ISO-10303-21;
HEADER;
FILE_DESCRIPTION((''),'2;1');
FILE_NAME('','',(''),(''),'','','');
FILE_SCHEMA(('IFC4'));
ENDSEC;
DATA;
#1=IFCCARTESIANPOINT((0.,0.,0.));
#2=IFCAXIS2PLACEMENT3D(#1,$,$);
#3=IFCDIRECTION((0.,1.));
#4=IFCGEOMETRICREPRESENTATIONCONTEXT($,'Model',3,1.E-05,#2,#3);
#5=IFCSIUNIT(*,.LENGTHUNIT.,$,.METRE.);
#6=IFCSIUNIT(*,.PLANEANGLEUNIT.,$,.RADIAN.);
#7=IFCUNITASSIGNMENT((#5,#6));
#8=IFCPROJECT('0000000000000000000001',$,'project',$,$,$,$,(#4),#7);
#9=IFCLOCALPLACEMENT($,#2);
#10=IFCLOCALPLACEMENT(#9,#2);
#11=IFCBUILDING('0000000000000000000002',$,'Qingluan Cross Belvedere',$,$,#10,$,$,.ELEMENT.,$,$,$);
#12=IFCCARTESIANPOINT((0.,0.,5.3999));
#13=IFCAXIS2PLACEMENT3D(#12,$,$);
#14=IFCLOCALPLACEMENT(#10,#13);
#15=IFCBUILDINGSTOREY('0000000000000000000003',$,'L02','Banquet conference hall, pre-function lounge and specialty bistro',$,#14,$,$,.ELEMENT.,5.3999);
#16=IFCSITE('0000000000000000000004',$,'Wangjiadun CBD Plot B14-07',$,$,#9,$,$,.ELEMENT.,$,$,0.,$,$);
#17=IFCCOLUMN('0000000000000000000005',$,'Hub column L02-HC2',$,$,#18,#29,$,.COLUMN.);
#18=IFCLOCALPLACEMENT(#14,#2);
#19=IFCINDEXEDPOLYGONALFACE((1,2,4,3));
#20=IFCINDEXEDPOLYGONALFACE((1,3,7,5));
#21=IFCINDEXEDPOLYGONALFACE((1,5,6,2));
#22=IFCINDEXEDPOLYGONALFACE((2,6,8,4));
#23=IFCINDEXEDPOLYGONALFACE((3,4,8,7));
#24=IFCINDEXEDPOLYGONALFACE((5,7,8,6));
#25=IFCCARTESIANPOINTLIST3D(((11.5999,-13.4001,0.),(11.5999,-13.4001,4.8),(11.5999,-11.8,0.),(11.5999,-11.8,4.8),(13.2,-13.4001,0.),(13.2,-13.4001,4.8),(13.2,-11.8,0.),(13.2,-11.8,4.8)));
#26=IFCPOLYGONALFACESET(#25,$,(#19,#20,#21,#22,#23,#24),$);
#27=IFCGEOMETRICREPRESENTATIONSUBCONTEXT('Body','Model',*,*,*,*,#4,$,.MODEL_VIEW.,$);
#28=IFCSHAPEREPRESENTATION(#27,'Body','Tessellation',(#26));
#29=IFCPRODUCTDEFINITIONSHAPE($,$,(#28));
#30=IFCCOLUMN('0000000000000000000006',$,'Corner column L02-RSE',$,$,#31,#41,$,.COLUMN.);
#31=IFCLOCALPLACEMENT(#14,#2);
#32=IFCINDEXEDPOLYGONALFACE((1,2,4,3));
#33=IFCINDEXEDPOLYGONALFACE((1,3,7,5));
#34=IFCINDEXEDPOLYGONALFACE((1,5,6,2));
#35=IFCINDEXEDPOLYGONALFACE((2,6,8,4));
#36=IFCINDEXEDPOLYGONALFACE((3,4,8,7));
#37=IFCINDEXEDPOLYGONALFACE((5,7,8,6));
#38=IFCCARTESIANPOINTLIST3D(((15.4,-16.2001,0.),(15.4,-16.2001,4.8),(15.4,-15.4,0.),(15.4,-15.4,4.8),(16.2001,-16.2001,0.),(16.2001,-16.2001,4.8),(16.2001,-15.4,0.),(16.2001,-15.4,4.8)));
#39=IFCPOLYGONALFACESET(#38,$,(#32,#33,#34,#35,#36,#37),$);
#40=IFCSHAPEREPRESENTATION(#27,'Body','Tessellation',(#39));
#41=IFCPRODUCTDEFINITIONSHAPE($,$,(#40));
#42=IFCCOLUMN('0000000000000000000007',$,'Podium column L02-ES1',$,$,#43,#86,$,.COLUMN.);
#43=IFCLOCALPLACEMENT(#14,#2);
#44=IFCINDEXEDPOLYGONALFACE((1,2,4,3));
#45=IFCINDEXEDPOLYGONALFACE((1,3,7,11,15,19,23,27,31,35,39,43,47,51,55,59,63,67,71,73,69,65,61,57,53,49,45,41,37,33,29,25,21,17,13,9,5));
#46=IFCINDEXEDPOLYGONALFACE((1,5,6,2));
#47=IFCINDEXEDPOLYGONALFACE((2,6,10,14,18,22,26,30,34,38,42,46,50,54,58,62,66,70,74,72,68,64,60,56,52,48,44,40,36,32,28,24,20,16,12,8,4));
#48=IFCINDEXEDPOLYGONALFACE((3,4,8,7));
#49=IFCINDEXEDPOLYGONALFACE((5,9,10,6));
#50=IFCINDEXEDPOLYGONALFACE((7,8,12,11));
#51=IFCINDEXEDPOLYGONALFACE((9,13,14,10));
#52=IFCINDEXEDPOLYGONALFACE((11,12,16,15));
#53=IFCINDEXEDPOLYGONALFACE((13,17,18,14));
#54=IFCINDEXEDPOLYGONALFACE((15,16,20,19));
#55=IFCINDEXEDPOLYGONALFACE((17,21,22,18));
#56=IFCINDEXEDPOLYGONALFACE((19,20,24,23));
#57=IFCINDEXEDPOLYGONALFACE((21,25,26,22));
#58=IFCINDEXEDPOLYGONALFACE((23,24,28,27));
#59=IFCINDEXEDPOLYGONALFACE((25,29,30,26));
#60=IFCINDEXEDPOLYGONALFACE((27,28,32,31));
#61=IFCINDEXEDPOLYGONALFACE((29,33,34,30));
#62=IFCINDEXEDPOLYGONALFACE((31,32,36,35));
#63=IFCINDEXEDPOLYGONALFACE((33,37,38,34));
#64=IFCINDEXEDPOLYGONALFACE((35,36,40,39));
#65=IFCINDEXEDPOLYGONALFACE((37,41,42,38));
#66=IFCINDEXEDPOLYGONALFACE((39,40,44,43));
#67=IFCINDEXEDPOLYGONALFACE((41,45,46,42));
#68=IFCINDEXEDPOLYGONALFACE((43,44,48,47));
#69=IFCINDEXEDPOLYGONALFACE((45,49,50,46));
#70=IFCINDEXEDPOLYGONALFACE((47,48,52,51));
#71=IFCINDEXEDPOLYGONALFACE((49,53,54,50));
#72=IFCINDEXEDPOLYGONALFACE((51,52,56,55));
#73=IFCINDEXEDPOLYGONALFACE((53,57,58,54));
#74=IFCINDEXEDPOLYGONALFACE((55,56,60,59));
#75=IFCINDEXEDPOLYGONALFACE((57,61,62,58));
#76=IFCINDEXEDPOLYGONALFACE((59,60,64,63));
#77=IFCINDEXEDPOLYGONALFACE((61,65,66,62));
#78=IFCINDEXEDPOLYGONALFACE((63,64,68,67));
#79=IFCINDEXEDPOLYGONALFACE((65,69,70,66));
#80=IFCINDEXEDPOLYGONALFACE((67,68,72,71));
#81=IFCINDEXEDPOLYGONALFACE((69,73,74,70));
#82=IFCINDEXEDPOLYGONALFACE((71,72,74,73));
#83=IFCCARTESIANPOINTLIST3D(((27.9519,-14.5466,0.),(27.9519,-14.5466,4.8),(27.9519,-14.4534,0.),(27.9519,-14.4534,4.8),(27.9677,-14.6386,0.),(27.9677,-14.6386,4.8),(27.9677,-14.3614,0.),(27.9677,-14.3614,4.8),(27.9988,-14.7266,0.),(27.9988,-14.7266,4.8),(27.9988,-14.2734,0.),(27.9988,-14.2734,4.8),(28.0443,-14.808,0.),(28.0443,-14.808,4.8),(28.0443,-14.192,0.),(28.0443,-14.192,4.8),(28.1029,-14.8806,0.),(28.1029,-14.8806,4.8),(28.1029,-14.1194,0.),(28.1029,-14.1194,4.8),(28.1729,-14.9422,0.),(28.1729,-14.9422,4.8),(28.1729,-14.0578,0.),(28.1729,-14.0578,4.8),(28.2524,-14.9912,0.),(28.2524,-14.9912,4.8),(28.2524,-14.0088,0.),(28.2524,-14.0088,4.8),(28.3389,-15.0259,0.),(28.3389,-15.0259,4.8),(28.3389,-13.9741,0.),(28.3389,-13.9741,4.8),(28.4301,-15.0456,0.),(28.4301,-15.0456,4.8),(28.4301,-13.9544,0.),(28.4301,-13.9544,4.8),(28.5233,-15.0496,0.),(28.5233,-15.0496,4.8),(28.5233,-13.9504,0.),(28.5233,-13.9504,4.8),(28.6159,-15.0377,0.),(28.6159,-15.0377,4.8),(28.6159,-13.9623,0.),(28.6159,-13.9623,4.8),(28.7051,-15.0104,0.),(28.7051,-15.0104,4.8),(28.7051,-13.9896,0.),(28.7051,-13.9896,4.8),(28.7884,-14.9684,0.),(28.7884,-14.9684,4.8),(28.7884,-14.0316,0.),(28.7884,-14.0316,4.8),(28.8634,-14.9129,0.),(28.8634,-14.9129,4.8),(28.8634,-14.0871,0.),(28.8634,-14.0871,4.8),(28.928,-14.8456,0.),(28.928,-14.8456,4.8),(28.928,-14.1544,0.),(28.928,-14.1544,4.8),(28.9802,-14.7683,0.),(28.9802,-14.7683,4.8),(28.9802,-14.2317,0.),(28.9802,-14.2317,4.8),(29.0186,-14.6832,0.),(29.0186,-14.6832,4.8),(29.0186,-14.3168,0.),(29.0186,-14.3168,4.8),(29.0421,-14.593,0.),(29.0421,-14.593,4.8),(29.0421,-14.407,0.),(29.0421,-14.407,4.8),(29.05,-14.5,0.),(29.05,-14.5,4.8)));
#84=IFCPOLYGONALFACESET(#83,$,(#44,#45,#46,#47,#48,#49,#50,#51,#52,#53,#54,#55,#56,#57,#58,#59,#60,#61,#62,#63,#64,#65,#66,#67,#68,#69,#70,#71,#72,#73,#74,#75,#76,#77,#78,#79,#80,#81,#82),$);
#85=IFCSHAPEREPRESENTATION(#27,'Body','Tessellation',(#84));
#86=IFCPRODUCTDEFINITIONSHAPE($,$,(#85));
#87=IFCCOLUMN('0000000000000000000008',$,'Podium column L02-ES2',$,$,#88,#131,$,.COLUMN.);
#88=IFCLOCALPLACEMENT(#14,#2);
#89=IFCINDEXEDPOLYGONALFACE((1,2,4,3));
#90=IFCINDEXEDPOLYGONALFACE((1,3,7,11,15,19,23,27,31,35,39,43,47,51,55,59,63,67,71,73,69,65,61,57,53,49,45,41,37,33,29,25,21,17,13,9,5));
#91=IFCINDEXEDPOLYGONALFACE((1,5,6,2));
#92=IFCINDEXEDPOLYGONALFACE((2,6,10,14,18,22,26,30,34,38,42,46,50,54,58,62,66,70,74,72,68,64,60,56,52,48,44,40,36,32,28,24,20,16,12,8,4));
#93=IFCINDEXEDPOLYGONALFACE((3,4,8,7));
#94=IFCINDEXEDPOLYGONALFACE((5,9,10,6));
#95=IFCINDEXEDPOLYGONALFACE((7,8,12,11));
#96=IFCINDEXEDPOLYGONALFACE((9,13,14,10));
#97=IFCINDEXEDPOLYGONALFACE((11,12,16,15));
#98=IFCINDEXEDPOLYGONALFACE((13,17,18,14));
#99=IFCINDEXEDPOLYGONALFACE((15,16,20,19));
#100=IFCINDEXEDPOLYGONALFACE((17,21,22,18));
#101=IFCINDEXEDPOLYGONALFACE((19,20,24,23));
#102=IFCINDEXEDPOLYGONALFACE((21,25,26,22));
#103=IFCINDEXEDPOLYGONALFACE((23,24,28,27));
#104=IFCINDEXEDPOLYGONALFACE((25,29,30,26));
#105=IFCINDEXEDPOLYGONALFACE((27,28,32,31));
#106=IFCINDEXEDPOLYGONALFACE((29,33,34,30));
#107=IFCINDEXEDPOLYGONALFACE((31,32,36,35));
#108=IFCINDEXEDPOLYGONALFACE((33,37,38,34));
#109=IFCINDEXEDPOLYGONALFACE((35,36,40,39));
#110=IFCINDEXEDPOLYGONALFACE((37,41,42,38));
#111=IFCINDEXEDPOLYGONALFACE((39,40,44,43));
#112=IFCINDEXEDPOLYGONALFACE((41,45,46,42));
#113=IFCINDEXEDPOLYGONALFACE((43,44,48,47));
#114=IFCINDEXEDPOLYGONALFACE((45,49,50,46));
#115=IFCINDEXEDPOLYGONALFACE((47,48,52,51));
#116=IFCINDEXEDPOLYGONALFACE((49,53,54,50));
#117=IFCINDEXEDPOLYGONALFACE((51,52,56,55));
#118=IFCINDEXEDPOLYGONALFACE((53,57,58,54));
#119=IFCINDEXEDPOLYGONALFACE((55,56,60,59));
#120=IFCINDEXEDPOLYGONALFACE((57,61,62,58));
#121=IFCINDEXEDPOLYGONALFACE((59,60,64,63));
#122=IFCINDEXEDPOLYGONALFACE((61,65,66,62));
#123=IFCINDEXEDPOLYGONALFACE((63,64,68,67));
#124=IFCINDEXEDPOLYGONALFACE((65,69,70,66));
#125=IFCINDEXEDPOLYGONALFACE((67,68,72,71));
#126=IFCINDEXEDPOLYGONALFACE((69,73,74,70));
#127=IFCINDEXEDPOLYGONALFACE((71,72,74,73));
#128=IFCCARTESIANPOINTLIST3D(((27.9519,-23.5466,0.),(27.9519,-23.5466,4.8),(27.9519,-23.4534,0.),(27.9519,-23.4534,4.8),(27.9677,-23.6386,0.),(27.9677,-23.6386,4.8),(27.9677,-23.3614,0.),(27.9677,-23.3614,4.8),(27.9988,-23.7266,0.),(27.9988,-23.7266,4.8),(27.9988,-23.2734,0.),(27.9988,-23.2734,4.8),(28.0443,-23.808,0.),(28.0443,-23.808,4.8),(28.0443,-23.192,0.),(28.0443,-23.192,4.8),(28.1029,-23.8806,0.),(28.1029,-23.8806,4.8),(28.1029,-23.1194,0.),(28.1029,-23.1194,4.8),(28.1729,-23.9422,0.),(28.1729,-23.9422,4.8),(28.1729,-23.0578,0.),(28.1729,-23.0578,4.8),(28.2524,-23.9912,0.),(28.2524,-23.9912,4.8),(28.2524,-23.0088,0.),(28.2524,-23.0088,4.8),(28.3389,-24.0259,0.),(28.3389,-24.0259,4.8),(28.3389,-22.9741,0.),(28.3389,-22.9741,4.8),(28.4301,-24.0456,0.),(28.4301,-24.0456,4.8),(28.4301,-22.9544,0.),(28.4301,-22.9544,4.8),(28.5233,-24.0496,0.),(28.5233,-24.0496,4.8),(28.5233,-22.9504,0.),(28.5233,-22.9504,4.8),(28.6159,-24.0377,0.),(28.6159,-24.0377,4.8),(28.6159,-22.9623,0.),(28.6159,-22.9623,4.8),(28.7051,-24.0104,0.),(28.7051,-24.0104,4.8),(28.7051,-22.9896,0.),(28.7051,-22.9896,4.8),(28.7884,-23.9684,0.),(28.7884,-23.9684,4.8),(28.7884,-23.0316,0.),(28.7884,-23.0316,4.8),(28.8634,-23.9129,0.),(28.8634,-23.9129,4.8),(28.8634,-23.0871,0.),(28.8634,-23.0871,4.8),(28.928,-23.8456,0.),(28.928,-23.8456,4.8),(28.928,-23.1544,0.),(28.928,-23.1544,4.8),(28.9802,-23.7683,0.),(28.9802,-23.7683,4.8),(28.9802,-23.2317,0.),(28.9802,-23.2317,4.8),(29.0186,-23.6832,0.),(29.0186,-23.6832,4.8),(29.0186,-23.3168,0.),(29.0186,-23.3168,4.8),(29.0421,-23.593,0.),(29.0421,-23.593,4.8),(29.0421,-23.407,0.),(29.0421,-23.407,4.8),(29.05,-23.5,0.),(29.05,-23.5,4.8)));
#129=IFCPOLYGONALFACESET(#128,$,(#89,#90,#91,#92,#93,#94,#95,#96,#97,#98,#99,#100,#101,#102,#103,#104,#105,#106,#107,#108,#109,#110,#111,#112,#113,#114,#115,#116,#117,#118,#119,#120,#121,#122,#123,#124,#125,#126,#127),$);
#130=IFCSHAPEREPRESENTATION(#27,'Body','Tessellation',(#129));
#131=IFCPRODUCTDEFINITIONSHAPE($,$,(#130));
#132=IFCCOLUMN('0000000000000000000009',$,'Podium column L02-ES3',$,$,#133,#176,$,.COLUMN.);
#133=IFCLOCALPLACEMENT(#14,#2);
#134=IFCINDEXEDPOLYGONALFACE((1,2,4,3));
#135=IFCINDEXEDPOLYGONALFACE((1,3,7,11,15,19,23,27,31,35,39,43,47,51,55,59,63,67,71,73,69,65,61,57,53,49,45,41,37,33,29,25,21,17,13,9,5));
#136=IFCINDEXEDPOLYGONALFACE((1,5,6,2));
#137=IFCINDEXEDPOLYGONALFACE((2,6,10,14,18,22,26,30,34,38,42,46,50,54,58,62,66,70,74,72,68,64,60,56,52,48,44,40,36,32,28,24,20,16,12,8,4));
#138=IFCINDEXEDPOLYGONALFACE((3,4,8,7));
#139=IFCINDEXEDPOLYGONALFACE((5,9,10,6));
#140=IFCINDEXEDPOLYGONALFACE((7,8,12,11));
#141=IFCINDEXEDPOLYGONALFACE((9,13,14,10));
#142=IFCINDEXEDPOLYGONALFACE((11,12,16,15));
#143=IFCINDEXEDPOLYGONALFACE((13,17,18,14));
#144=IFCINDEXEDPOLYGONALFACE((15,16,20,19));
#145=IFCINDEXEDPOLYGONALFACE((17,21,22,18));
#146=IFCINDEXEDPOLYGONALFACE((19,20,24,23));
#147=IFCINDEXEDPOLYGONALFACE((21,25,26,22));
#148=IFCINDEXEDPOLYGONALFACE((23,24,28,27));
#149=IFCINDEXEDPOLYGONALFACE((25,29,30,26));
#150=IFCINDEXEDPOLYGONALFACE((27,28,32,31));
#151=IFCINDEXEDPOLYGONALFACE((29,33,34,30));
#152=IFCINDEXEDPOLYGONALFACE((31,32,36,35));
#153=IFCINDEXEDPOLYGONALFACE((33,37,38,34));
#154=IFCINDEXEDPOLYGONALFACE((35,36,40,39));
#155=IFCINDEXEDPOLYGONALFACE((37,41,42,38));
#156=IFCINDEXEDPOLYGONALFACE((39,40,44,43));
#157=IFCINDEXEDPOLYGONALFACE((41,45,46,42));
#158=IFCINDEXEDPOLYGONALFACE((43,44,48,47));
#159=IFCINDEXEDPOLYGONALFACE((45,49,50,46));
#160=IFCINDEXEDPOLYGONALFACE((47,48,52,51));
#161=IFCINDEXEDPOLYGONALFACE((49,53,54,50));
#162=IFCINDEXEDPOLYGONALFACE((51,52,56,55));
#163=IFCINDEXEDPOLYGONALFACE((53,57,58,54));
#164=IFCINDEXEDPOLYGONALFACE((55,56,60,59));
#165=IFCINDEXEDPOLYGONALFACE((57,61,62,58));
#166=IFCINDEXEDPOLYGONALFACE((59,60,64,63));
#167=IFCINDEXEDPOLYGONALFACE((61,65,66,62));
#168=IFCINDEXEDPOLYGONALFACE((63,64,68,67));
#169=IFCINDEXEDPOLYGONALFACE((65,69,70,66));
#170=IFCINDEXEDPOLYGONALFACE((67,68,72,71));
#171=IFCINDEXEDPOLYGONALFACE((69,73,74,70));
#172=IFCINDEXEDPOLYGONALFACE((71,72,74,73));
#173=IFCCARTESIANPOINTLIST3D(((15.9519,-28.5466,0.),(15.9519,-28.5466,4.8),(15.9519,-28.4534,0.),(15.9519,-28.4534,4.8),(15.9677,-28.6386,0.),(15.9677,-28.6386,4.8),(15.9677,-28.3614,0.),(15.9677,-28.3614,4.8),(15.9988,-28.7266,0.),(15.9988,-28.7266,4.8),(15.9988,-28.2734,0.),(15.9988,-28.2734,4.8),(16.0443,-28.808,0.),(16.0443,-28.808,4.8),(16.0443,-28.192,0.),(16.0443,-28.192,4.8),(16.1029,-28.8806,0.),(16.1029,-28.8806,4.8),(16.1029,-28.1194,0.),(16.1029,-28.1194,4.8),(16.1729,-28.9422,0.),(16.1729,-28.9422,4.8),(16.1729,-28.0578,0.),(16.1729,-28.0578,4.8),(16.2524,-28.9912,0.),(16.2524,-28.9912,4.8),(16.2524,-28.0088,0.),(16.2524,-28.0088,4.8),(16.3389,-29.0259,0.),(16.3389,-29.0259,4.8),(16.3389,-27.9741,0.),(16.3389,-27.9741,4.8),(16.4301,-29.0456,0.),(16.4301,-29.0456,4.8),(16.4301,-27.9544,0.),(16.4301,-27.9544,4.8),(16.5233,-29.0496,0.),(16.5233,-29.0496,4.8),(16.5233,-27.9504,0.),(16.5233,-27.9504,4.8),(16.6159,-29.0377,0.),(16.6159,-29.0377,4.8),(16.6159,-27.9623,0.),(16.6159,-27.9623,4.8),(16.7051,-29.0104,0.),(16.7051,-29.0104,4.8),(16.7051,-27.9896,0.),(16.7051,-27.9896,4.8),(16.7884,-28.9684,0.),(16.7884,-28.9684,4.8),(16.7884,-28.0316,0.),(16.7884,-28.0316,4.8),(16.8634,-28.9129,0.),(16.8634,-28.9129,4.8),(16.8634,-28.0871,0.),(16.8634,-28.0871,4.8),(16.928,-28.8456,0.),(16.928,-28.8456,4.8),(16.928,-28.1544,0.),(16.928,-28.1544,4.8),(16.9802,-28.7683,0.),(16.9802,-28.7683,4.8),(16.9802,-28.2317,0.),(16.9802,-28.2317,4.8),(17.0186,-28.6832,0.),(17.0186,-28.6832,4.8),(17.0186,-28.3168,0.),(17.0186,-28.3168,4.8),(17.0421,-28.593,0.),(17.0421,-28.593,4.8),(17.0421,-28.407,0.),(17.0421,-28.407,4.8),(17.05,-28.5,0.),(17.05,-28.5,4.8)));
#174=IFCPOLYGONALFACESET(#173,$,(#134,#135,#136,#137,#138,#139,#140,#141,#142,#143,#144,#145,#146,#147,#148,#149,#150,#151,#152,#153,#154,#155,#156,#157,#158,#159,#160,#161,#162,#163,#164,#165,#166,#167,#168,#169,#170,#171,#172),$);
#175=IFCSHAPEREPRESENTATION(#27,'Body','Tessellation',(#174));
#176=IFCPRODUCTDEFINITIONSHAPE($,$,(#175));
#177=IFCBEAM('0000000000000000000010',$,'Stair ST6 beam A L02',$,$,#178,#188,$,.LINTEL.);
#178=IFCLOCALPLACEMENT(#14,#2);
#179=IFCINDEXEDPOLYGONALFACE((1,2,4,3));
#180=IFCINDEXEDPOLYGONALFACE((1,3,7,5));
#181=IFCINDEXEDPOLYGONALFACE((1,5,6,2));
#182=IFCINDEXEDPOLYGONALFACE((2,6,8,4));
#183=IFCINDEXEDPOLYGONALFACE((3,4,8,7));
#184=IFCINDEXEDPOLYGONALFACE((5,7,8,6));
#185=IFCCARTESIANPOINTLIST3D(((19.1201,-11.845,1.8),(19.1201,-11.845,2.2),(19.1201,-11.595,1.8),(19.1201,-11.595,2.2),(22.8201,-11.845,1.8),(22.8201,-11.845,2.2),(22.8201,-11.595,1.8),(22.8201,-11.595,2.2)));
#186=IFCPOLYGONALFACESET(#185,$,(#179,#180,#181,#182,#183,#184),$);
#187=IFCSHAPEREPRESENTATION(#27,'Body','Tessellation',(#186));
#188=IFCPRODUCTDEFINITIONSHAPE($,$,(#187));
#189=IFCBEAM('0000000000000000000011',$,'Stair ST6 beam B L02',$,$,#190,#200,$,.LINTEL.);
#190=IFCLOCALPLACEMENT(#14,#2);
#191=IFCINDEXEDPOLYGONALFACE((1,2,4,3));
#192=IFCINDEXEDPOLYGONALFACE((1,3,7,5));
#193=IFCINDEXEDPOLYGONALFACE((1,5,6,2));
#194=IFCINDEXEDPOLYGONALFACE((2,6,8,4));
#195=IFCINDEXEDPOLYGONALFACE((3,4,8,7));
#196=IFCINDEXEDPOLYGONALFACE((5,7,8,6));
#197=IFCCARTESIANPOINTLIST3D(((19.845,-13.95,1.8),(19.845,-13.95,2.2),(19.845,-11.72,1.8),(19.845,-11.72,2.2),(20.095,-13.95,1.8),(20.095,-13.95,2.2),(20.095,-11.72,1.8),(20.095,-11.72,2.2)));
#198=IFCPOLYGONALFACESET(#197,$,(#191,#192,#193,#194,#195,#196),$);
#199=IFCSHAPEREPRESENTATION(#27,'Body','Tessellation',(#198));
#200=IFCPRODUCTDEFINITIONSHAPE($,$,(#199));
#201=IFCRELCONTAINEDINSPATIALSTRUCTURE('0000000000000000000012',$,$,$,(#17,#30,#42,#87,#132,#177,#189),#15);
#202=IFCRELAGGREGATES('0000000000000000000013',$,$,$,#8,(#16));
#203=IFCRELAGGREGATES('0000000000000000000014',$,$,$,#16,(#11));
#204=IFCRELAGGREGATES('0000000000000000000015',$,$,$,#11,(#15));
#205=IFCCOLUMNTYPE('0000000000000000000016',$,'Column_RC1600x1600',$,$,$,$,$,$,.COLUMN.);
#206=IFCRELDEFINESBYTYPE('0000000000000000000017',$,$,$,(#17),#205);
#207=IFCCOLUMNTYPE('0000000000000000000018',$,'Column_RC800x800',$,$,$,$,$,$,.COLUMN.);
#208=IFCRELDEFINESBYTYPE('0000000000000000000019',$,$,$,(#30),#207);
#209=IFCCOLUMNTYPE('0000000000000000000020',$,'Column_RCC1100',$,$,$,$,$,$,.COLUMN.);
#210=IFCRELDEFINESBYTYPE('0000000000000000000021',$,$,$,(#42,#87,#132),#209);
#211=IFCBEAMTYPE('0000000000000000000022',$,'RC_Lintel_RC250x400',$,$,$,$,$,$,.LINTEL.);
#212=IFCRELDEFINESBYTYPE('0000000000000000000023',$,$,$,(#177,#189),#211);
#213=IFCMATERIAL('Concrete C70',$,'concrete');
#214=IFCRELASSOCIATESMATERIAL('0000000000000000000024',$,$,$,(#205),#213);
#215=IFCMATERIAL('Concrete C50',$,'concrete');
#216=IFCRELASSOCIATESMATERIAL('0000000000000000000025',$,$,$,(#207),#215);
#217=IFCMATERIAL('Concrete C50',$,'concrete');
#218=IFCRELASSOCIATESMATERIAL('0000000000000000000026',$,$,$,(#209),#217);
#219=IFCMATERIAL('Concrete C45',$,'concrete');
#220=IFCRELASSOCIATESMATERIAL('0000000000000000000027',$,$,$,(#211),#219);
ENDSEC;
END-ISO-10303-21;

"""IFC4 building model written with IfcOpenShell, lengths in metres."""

from ifc_helpers import new_model, si_unit, direction, frame, origin, origin_2d, place, context, subcontext, project, spatial, rectangle, circle, extrude, material, material_profile, profile_set, type_object, element, save


model = new_model("IFC4")

# Units and contexts
model_context = context("Model", 3, precision=1e-05, world=origin(), true_north=direction((0.0, 1.0)))
body_context = subcontext(model_context, "Body", "Model", "MODEL_VIEW")
ifc_project = project(units=[si_unit("LENGTHUNIT", "METRE"), si_unit("PLANEANGLEUNIT", "RADIAN")], contexts=[model_context])

# Site, building, storey
site_placement = place(None, origin())
site = spatial("IfcSite", under=ifc_project, at=site_placement, Name="Wangjiadun CBD Plot B14-07", CompositionType="ELEMENT", RefElevation=0.0)
building_placement = place(site_placement, origin())
building = spatial("IfcBuilding", under=site, at=building_placement, Name="Qingluan Cross Belvedere", CompositionType="ELEMENT")
storey_placement = place(building_placement, frame((0.0, 0.0, 5.3999)))
storey = spatial("IfcBuildingStorey", under=building, at=storey_placement, Name="L02", Description="Banquet conference hall, pre-function lounge and specialty bistro", CompositionType="ELEMENT", Elevation=5.3999)

# Columns
ifc_material_1 = material(Name="Concrete C70", Category="concrete")
ifc_material_profile_1 = material_profile(ifc_material_1, rectangle(XDim=1.6001, YDim=1.6001, at=origin_2d()), Name="RC1600x1600")
ifc_profile_set_1 = profile_set([ifc_material_profile_1], Name="Concrete C70")
column_type_1 = type_object("IfcColumnType", Name="Column_RC1600x1600", PredefinedType="COLUMN", material=ifc_profile_set_1)
column_1_placement = place(storey_placement, frame((12.3999, -12.6001, 0.0), z_axis=(0.0, 0.0, 1.0), x_axis=(1.0, 0.0, 0.0)))
element("IfcColumn", 1, at=column_1_placement, inside=storey, type_object=column_type_1, Name="Hub column L02-HC2", PredefinedType="COLUMN", context=body_context, shape_type="SweptSolid", body=[
    extrude(rectangle(XDim=1.6001, YDim=1.6001, at=origin_2d()), origin(), (0.0, 0.0, 1.0), 4.8),
])
ifc_material_2 = material(Name="Concrete C50", Category="concrete")
ifc_material_profile_2 = material_profile(ifc_material_2, rectangle(XDim=0.8, YDim=0.8, at=origin_2d()), Name="RC800x800")
ifc_profile_set_2 = profile_set([ifc_material_profile_2], Name="Concrete C50")
column_type_2 = type_object("IfcColumnType", Name="Column_RC800x800", PredefinedType="COLUMN", material=ifc_profile_set_2)
column_2_placement = place(storey_placement, frame((15.8, -15.8, 0.0), z_axis=(0.0, 0.0, 1.0), x_axis=(1.0, 0.0, 0.0)))
element("IfcColumn", 2, at=column_2_placement, inside=storey, type_object=column_type_2, Name="Corner column L02-RSE", PredefinedType="COLUMN", context=body_context, shape_type="SweptSolid", body=[
    extrude(rectangle(XDim=0.8, YDim=0.8, at=origin_2d()), origin(), (0.0, 0.0, 1.0), 4.8),
])
ifc_material_3 = material(Name="Concrete C50", Category="concrete")
ifc_material_profile_3 = material_profile(ifc_material_3, circle(Radius=0.55, at=origin_2d()), Name="RCC1100")
ifc_profile_set_3 = profile_set([ifc_material_profile_3], Name="Concrete C50")
column_type_3 = type_object("IfcColumnType", Name="Column_RCC1100", PredefinedType="COLUMN", material=ifc_profile_set_3)
for number, where, z_axis, x_axis, name in (
    (3, (28.5, -14.5, 0.0), (0.0, 0.0, 1.0), (1.0, 0.0, 0.0), "Podium column L02-ES1"),
    (4, (28.5, -23.5, 0.0), (0.0, 0.0, 1.0), (1.0, 0.0, 0.0), "Podium column L02-ES2"),
    (5, (16.5, -28.5, 0.0), (0.0, 0.0, 1.0), (1.0, 0.0, 0.0), "Podium column L02-ES3"),
):
    element("IfcColumn", number, at=place(storey_placement, frame(where, z_axis=z_axis, x_axis=x_axis)), inside=storey, type_object=column_type_3, Name=name, PredefinedType="COLUMN", context=body_context, shape_type="SweptSolid", body=[
        extrude(circle(Radius=0.55, at=origin_2d()), origin(), (0.0, 0.0, 1.0), 4.8),
    ])

# Beams
ifc_material_4 = material(Name="Concrete C45", Category="concrete")
ifc_material_profile_4 = material_profile(ifc_material_4, rectangle(XDim=0.25, YDim=0.3999, at=origin_2d()), Name="RC250x400")
ifc_profile_set_4 = profile_set([ifc_material_profile_4], Name="Concrete C45")
beam_type_1 = type_object("IfcBeamType", Name="RC_Lintel_RC250x400", PredefinedType="LINTEL", material=ifc_profile_set_4)
beam_1_placement = place(storey_placement, frame((19.1201, -11.72, 2.0), z_axis=(1.0, 0.0, 0.0), x_axis=(0.0, 1.0, 0.0)))
element("IfcBeam", 6, at=beam_1_placement, inside=storey, type_object=beam_type_1, Name="Stair ST6 beam A L02", PredefinedType="LINTEL", context=body_context, shape_type="SweptSolid", body=[
    extrude(rectangle(XDim=0.25, YDim=0.3999, at=origin_2d()), origin(), (0.0, 0.0, 1.0), 3.7),
])
for number, where, z_axis, x_axis, name in (
    (7, (19.97, -13.95, 2.0), (0.0, 1.0, 0.0), (-1.0, 0.0, 0.0), "Stair ST6 beam B L02"),
):
    element("IfcBeam", number, at=place(storey_placement, frame(where, z_axis=z_axis, x_axis=x_axis)), inside=storey, type_object=beam_type_1, Name=name, PredefinedType="LINTEL", context=body_context, shape_type="SweptSolid", body=[
        extrude(rectangle(XDim=0.25, YDim=0.3999, at=origin_2d()), origin(), (0.0, 0.0, 1.0), 2.23),
    ])

save(model, "model.ifc")
